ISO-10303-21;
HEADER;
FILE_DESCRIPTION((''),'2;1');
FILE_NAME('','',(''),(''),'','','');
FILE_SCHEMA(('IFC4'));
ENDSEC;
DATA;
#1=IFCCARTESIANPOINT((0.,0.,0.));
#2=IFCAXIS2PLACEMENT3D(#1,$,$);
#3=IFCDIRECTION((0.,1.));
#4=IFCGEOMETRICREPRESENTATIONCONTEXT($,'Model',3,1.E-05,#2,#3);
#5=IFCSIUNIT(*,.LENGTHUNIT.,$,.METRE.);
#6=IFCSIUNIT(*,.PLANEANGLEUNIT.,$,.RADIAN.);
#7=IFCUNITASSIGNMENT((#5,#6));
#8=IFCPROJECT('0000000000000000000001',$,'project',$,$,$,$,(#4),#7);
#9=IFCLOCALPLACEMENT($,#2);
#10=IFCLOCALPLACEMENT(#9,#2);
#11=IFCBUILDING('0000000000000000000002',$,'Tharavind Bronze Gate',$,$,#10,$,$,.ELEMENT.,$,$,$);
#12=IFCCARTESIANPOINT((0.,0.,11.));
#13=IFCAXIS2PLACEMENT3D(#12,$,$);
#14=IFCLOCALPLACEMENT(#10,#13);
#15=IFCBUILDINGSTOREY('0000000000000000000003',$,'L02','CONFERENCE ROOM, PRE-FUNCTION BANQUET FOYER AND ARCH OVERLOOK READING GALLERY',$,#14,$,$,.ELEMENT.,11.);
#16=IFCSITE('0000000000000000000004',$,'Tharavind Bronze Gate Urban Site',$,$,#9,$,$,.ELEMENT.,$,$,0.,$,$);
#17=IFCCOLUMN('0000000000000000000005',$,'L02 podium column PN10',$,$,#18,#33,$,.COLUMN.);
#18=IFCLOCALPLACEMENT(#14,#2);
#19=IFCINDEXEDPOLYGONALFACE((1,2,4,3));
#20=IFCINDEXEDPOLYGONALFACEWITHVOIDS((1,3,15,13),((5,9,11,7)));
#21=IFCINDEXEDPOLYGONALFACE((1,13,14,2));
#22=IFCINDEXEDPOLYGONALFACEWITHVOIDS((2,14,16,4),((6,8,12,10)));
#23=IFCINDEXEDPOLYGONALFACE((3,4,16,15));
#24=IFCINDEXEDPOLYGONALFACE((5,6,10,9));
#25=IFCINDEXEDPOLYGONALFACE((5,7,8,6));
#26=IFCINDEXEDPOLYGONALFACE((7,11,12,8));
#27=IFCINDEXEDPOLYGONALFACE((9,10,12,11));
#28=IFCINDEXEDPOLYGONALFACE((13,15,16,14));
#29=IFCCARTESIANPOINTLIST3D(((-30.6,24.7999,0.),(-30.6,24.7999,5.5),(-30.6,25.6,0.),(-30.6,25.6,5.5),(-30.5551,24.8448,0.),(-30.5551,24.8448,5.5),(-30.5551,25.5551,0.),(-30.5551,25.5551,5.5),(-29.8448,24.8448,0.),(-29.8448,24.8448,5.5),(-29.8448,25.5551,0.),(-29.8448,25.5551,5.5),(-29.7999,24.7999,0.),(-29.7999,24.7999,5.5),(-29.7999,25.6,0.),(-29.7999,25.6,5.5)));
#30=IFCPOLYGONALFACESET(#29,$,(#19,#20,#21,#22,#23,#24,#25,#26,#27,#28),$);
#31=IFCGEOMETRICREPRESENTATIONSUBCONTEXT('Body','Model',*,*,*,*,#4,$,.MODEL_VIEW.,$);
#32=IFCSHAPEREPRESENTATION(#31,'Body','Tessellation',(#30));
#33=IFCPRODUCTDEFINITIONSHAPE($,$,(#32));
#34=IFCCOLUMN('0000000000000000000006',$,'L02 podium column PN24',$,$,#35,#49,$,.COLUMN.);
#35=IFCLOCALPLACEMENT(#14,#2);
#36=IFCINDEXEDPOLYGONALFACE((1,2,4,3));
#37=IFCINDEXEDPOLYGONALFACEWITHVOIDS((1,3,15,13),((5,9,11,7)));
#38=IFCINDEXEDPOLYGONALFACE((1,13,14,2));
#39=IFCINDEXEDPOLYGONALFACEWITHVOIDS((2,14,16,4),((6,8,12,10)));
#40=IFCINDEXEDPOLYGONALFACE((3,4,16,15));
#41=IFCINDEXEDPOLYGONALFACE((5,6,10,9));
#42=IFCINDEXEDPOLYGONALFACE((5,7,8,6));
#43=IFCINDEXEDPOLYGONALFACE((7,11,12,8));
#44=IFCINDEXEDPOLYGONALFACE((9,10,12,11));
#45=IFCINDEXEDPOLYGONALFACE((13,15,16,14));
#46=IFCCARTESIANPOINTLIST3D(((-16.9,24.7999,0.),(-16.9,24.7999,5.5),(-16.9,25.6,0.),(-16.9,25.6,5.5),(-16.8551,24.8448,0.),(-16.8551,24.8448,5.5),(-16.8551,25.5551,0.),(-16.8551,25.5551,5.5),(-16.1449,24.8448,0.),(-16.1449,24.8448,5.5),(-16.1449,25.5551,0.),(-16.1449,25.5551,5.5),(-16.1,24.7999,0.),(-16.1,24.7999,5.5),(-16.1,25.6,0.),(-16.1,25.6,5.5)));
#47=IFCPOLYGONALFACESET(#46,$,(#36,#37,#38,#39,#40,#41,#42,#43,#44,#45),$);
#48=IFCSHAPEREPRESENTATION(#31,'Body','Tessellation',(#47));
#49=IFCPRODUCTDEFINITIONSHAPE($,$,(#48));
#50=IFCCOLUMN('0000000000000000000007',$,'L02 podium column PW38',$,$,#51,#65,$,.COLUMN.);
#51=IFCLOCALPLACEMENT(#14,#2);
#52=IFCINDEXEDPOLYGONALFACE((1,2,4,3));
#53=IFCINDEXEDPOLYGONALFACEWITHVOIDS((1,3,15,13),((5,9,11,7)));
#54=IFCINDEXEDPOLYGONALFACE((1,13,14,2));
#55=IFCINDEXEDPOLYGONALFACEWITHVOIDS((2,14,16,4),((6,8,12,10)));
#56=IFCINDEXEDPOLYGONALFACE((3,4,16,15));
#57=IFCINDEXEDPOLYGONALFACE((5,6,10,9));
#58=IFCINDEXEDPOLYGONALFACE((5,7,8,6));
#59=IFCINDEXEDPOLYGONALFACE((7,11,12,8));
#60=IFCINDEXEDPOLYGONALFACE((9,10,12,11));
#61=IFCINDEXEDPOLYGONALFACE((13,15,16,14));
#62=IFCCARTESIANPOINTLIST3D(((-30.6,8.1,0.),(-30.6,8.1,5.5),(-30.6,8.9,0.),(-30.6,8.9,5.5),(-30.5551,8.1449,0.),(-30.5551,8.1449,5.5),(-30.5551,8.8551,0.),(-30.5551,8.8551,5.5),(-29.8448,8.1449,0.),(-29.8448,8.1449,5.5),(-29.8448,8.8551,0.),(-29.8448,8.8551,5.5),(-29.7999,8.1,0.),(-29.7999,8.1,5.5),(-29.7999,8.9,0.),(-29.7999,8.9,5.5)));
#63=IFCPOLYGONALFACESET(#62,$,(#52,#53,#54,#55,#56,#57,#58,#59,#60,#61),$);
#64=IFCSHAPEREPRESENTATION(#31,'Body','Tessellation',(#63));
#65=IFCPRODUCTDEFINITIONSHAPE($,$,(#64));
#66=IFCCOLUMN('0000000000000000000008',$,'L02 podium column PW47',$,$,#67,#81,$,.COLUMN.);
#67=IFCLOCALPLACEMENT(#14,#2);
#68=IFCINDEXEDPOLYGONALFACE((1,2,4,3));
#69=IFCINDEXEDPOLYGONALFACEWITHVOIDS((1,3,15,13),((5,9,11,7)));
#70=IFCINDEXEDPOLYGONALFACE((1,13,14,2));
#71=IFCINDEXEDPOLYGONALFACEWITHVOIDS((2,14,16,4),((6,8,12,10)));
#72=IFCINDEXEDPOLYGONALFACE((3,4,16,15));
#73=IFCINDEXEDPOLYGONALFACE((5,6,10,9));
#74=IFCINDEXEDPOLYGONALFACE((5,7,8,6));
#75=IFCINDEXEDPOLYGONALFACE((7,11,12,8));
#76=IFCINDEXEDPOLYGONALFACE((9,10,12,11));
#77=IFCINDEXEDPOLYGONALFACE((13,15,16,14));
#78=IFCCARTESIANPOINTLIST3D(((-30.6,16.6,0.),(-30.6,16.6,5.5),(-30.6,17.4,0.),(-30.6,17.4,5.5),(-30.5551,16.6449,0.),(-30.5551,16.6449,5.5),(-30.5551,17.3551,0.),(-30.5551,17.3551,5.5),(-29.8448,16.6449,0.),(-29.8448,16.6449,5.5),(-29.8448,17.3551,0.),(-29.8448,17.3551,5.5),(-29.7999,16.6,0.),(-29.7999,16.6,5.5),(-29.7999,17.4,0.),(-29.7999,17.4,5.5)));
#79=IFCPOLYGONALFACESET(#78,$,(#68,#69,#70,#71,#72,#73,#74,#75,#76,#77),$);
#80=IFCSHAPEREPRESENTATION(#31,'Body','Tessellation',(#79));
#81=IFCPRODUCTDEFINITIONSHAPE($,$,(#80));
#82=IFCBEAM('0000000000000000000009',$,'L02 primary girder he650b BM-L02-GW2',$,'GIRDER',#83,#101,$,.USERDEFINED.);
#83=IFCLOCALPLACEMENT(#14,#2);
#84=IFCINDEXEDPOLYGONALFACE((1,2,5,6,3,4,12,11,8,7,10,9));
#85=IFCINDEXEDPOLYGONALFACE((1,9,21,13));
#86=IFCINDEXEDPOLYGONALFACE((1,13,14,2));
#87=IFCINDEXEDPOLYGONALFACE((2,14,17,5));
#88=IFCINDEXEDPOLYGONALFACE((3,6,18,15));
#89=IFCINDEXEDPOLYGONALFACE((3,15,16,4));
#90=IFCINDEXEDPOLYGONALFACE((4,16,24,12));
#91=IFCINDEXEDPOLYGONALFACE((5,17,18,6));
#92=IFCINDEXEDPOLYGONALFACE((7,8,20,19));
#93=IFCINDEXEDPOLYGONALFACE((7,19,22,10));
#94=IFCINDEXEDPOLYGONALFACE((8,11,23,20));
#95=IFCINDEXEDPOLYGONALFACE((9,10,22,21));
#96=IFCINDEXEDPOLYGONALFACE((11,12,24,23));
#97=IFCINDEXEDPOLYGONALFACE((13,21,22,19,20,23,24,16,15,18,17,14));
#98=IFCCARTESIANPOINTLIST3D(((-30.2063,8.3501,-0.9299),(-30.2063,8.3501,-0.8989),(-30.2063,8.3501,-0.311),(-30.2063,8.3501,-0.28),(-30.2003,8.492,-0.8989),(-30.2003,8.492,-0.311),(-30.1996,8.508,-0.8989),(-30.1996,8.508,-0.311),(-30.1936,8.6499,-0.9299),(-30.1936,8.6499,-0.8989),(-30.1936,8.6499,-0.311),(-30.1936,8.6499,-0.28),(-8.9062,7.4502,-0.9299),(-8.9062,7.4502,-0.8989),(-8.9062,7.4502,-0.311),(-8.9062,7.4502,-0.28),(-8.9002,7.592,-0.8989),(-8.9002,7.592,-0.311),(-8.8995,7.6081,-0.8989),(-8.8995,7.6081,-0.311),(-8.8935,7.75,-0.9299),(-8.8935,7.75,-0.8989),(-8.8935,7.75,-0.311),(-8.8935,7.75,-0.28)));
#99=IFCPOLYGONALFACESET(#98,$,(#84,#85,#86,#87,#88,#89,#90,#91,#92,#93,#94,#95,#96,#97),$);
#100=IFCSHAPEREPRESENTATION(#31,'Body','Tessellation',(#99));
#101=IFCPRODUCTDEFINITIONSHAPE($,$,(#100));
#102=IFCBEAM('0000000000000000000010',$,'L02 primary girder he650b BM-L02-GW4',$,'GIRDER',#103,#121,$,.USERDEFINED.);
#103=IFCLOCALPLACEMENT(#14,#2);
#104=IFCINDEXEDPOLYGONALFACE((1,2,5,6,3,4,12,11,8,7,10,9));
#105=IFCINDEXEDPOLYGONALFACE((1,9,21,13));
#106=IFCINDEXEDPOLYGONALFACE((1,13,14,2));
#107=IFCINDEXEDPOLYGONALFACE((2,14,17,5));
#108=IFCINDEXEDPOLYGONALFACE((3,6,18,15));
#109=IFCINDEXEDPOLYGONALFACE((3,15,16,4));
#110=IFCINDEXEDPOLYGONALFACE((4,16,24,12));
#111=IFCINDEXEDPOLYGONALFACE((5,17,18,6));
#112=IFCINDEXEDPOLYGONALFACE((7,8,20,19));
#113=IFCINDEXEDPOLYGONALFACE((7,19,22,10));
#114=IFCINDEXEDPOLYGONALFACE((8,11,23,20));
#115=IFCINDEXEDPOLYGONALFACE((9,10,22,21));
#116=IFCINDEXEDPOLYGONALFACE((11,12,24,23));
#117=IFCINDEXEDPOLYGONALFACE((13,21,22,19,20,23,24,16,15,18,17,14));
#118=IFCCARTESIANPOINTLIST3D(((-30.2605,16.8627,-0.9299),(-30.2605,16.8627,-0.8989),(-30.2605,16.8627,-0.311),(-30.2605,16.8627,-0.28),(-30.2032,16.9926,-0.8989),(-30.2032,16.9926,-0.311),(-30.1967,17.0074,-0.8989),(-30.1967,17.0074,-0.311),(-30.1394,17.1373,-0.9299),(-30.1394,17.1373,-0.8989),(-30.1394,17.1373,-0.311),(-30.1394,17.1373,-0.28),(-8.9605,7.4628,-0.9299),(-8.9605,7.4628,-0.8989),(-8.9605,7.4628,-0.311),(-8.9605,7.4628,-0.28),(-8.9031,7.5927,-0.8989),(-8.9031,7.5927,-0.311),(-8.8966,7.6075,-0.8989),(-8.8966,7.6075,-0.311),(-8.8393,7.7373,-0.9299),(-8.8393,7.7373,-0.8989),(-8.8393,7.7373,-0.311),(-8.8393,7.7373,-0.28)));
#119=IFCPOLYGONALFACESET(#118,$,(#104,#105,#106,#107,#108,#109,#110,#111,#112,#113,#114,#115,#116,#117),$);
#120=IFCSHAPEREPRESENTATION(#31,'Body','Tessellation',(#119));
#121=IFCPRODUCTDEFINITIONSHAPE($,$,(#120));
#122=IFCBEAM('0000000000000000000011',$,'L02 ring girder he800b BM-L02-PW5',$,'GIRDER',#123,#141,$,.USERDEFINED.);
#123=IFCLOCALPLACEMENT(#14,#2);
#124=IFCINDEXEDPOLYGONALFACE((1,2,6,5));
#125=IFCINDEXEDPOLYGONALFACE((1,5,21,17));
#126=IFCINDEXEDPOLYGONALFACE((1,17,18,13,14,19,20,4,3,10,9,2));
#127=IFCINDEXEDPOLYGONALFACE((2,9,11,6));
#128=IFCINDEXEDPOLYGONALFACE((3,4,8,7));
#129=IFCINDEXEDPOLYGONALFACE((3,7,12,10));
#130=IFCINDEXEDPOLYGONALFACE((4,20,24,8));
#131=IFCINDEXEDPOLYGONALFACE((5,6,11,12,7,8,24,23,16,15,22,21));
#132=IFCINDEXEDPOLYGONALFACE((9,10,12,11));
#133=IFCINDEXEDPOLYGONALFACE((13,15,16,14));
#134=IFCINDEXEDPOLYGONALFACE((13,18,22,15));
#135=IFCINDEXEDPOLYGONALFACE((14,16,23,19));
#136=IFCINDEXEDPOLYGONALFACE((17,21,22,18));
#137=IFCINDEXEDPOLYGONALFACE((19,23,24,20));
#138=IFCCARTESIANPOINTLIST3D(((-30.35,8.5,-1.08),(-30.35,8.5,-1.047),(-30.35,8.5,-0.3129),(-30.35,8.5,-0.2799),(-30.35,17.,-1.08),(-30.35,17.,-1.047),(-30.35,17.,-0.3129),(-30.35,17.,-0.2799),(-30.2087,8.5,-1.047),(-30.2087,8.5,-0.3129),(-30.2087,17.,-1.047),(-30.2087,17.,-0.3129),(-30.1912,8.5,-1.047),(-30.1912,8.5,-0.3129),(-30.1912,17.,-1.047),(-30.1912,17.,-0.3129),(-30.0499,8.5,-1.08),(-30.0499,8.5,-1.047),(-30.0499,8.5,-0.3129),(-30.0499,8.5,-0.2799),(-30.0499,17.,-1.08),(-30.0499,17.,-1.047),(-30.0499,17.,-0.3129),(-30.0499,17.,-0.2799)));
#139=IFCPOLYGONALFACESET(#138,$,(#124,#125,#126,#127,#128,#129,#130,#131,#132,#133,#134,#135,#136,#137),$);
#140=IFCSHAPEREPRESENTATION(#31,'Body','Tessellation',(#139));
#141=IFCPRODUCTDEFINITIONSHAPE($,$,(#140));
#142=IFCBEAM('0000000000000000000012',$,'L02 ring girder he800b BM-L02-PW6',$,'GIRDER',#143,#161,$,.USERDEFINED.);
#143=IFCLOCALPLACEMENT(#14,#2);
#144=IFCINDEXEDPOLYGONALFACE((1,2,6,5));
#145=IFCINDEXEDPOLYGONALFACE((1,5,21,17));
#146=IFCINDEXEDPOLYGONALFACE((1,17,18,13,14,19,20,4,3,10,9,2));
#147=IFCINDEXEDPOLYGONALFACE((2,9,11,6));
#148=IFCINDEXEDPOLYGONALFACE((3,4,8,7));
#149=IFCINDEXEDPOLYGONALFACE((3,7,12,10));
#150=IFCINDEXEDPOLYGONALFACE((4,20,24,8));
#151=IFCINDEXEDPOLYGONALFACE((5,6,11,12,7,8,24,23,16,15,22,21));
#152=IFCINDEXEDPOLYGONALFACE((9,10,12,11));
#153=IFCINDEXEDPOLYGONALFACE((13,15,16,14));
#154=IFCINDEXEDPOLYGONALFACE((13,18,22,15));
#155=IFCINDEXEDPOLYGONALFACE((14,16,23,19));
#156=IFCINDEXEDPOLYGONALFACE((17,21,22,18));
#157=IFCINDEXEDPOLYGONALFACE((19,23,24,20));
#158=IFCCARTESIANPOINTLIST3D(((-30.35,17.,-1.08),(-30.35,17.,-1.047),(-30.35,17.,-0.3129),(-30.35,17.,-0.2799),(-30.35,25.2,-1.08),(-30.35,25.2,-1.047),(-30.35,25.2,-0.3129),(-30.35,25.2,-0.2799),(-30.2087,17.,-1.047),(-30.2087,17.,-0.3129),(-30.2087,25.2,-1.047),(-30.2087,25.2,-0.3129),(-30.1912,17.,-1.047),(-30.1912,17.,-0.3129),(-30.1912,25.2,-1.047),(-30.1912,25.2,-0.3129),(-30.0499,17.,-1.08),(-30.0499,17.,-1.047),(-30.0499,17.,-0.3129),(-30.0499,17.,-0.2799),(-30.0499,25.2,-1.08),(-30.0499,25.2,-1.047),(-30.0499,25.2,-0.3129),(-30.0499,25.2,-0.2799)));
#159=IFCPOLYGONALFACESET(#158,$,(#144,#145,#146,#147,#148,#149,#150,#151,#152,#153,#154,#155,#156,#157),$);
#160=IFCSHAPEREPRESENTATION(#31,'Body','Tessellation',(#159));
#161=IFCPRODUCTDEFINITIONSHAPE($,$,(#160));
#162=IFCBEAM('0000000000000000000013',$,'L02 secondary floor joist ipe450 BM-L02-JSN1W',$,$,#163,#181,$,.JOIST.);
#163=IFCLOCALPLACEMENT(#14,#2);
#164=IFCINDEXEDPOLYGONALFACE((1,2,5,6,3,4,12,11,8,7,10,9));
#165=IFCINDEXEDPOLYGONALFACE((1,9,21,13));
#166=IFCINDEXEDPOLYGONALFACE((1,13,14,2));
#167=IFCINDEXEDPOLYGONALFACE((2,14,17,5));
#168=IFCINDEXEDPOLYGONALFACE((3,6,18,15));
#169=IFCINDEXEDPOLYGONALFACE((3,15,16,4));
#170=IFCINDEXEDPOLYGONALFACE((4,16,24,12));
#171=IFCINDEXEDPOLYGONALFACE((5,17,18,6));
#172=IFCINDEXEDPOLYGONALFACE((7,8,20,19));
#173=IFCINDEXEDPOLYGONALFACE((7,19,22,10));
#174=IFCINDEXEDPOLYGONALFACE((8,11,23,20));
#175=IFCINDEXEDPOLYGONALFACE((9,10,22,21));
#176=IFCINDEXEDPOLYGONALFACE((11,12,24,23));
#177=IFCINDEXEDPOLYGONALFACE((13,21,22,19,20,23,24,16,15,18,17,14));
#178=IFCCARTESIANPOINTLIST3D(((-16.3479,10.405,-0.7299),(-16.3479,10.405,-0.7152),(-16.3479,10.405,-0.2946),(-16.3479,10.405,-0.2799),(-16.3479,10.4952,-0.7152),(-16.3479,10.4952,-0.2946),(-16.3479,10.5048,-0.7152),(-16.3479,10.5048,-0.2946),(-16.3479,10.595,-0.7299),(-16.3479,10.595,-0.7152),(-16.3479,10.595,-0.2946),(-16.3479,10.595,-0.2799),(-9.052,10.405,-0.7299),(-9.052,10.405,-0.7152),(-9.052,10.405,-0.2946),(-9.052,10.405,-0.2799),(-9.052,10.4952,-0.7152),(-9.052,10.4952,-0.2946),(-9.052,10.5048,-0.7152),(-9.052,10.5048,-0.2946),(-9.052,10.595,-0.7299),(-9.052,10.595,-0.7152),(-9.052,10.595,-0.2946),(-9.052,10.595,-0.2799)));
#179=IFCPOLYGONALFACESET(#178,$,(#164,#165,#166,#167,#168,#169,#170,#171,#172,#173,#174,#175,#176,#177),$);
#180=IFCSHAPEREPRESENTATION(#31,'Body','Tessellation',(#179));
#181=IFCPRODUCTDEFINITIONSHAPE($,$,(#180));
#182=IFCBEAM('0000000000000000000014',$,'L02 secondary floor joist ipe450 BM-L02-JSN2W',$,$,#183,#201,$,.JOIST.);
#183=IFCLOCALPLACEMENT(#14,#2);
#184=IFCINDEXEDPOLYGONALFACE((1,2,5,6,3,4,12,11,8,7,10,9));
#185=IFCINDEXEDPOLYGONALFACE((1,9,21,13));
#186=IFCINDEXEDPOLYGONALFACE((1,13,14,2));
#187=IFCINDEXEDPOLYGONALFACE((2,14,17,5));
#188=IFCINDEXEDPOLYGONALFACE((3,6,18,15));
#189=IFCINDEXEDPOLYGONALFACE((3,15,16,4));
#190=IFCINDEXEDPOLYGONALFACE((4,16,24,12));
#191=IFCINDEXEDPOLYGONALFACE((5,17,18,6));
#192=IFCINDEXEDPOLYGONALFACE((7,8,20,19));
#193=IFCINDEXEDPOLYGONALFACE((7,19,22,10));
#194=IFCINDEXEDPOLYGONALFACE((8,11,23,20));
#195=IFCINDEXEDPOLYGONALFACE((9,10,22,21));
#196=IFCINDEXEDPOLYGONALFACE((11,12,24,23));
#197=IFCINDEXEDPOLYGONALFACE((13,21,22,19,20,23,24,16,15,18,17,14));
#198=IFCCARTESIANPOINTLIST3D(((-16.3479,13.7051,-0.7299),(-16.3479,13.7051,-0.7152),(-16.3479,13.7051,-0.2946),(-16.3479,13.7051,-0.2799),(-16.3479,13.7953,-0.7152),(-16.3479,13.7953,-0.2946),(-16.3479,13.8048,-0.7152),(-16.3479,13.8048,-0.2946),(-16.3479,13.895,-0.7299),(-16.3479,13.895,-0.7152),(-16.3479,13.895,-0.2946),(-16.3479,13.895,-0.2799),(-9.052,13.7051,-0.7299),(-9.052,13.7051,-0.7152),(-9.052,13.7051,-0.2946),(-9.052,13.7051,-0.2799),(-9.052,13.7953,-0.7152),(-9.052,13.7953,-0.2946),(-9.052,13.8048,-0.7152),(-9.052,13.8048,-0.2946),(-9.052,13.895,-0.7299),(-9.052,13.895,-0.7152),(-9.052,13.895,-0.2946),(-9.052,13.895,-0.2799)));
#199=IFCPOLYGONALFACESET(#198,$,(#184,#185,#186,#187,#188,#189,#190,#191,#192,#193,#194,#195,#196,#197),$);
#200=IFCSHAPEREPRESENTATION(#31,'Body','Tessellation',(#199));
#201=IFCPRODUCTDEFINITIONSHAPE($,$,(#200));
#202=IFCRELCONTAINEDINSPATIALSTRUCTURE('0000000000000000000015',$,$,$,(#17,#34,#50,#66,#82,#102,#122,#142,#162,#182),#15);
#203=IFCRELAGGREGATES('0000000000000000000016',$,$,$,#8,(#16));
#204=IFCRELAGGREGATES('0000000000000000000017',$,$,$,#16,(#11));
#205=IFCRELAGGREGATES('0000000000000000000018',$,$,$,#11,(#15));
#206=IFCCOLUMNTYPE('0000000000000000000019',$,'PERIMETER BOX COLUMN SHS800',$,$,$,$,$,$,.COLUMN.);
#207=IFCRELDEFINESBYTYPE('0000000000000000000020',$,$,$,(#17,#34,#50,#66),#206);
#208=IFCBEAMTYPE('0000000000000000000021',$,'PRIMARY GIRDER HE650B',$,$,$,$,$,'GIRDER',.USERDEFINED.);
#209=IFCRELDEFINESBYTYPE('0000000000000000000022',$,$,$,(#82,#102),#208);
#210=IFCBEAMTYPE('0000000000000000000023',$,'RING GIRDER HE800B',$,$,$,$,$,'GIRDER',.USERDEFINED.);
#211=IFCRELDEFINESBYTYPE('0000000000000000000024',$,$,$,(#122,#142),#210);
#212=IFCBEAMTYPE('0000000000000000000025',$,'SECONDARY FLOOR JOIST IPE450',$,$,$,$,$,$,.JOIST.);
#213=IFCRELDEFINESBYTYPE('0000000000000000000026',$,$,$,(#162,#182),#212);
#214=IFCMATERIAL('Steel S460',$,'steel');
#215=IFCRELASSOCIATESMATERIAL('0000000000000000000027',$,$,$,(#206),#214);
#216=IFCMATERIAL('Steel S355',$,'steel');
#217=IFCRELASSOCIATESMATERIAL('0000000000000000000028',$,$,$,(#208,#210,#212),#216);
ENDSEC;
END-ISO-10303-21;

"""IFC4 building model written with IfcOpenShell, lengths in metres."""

from ifc_helpers import new_model, si_unit, direction, frame, origin, origin_2d, place, context, subcontext, project, spatial, hollow_rectangle, i_section, extrude, material, material_profile, profile_set, type_object, element, save


model = new_model("IFC4")

# Units and contexts
model_context = context("Model", 3, precision=1e-05, world=origin(), true_north=direction((0.0, 1.0)))
body_context = subcontext(model_context, "Body", "Model", "MODEL_VIEW")
ifc_project = project(units=[si_unit("LENGTHUNIT", "METRE"), si_unit("PLANEANGLEUNIT", "RADIAN")], contexts=[model_context])

# Site, building, storey
site_placement = place(None, origin())
site = spatial("IfcSite", under=ifc_project, at=site_placement, Name="Tharavind Bronze Gate Urban Site", CompositionType="ELEMENT", RefElevation=0.0)
building_placement = place(site_placement, origin())
building = spatial("IfcBuilding", under=site, at=building_placement, Name="Tharavind Bronze Gate", CompositionType="ELEMENT")
storey_placement = place(building_placement, frame((0.0, 0.0, 11.0)))
storey = spatial("IfcBuildingStorey", under=building, at=storey_placement, Name="L02", Description="CONFERENCE ROOM, PRE-FUNCTION BANQUET FOYER AND ARCH OVERLOOK READING GALLERY", CompositionType="ELEMENT", Elevation=11.0)

# Columns
ifc_material_1 = material(Name="Steel S460", Category="steel")
ifc_material_profile_1 = material_profile(ifc_material_1, hollow_rectangle(XDim=0.8, YDim=0.8, WallThickness=0.0449, at=origin_2d()), Name="SHS800X45")
ifc_profile_set_1 = profile_set([ifc_material_profile_1], Name="Steel S460")
column_type = type_object("IfcColumnType", Name="PERIMETER BOX COLUMN SHS800", PredefinedType="COLUMN", material=ifc_profile_set_1)
for number, where, z_axis, x_axis, name in (
    (1, (-30.2, 25.2, 0.0), (0.0, 0.0, 1.0), (1.0, 0.0, 0.0), "L02 podium column PN10"),
    (2, (-16.5, 25.2, 0.0), (0.0, 0.0, 1.0), (1.0, 0.0, 0.0), "L02 podium column PN24"),
    (3, (-30.2, 8.5, 0.0), (0.0, 0.0, 1.0), (1.0, 0.0, 0.0), "L02 podium column PW38"),
    (4, (-30.2, 17.0, 0.0), (0.0, 0.0, 1.0), (1.0, 0.0, 0.0), "L02 podium column PW47"),
):
    element("IfcColumn", number, at=place(storey_placement, frame(where, z_axis=z_axis, x_axis=x_axis)), inside=storey, type_object=column_type, Name=name, PredefinedType="COLUMN", context=body_context, shape_type="SweptSolid", body=[
        extrude(hollow_rectangle(XDim=0.8, YDim=0.8, WallThickness=0.0449, at=origin_2d()), origin(), (0.0, 0.0, 1.0), 5.5),
    ])

# Beams
ifc_material_2 = material(Name="Steel S355", Category="steel")
ifc_material_profile_2 = material_profile(ifc_material_2, i_section(OverallWidth=0.3, OverallDepth=0.6499, WebThickness=0.0161, FlangeThickness=0.031, at=origin_2d()), Name="HE650B")
ifc_profile_set_2 = profile_set([ifc_material_profile_2], Name="Steel S355")
beam_type_1 = type_object("IfcBeamType", Name="PRIMARY GIRDER HE650B", ElementType="GIRDER", PredefinedType="USERDEFINED", material=ifc_profile_set_2)
beam_1_placement = place(storey_placement, frame((-30.2, 8.5, -0.605), z_axis=(0.999109, -0.042211, 0.0), x_axis=(0.042211, 0.999109, 0.0)))
element("IfcBeam", 5, at=beam_1_placement, inside=storey, type_object=beam_type_1, Name="L02 primary girder he650b BM-L02-GW2", ObjectType="GIRDER", PredefinedType="USERDEFINED", context=body_context, shape_type="SweptSolid", body=[
    extrude(i_section(OverallWidth=0.3, OverallDepth=0.6499, WebThickness=0.0161, FlangeThickness=0.031, at=origin_2d()), origin(), (0.0, 0.0, 1.0), 21.3191),
])
beam_2_placement = place(storey_placement, frame((-30.2, 17.0, -0.605), z_axis=(0.914873, -0.403742, 0.0), x_axis=(0.403742, 0.914873, 0.0)))
element("IfcBeam", 6, at=beam_2_placement, inside=storey, type_object=beam_type_1, Name="L02 primary girder he650b BM-L02-GW4", ObjectType="GIRDER", PredefinedType="USERDEFINED", context=body_context, shape_type="SweptSolid", body=[
    extrude(i_section(OverallWidth=0.3, OverallDepth=0.6499, WebThickness=0.0161, FlangeThickness=0.031, at=origin_2d()), origin(), (0.0, 0.0, 1.0), 23.282),
])
ifc_material_profile_3 = material_profile(ifc_material_2, i_section(OverallWidth=0.3, OverallDepth=0.8, WebThickness=0.0176, FlangeThickness=0.033, at=origin_2d()), Name="HE800B")
ifc_profile_set_3 = profile_set([ifc_material_profile_3], Name="Steel S355")
beam_type_2 = type_object("IfcBeamType", Name="RING GIRDER HE800B", ElementType="GIRDER", PredefinedType="USERDEFINED", material=ifc_profile_set_3)
beam_3_placement = place(storey_placement, frame((-30.2, 8.5, -0.6799), z_axis=(0.0, 1.0, 0.0), x_axis=(-1.0, 0.0, 0.0)))
element("IfcBeam", 7, at=beam_3_placement, inside=storey, type_object=beam_type_2, Name="L02 ring girder he800b BM-L02-PW5", ObjectType="GIRDER", PredefinedType="USERDEFINED", context=body_context, shape_type="SweptSolid", body=[
    extrude(i_section(OverallWidth=0.3, OverallDepth=0.8, WebThickness=0.0176, FlangeThickness=0.033, at=origin_2d()), origin(), (0.0, 0.0, 1.0), 8.5),
])
beam_4_placement = place(storey_placement, frame((-30.2, 17.0, -0.6799), z_axis=(0.0, 1.0, 0.0), x_axis=(-1.0, 0.0, 0.0)))
element("IfcBeam", 8, at=beam_4_placement, inside=storey, type_object=beam_type_2, Name="L02 ring girder he800b BM-L02-PW6", ObjectType="GIRDER", PredefinedType="USERDEFINED", context=body_context, shape_type="SweptSolid", body=[
    extrude(i_section(OverallWidth=0.3, OverallDepth=0.8, WebThickness=0.0176, FlangeThickness=0.033, at=origin_2d()), origin(), (0.0, 0.0, 1.0), 8.2),
])
ifc_material_profile_4 = material_profile(ifc_material_2, i_section(OverallWidth=0.1899, OverallDepth=0.45, WebThickness=0.0095, FlangeThickness=0.0146, at=origin_2d()), Name="IPE450")
ifc_profile_set_4 = profile_set([ifc_material_profile_4], Name="Steel S355")
beam_type_3 = type_object("IfcBeamType", Name="SECONDARY FLOOR JOIST IPE450", PredefinedType="JOIST", material=ifc_profile_set_4)
for number, where, z_axis, x_axis, name in (
    (9, (-16.3479, 10.5, -0.5049), (1.0, 0.0, 0.0), (0.0, 1.0, 0.0), "L02 secondary floor joist ipe450 BM-L02-JSN1W"),
    (10, (-16.3479, 13.8, -0.5049), (1.0, 0.0, 0.0), (0.0, 1.0, 0.0), "L02 secondary floor joist ipe450 BM-L02-JSN2W"),
):
    element("IfcBeam", number, at=place(storey_placement, frame(where, z_axis=z_axis, x_axis=x_axis)), inside=storey, type_object=beam_type_3, Name=name, PredefinedType="JOIST", context=body_context, shape_type="SweptSolid", body=[
        extrude(i_section(OverallWidth=0.1899, OverallDepth=0.45, WebThickness=0.0095, FlangeThickness=0.0146, at=origin_2d()), origin(), (0.0, 0.0, 1.0), 7.2959),
    ])

save(model, "model.ifc")
